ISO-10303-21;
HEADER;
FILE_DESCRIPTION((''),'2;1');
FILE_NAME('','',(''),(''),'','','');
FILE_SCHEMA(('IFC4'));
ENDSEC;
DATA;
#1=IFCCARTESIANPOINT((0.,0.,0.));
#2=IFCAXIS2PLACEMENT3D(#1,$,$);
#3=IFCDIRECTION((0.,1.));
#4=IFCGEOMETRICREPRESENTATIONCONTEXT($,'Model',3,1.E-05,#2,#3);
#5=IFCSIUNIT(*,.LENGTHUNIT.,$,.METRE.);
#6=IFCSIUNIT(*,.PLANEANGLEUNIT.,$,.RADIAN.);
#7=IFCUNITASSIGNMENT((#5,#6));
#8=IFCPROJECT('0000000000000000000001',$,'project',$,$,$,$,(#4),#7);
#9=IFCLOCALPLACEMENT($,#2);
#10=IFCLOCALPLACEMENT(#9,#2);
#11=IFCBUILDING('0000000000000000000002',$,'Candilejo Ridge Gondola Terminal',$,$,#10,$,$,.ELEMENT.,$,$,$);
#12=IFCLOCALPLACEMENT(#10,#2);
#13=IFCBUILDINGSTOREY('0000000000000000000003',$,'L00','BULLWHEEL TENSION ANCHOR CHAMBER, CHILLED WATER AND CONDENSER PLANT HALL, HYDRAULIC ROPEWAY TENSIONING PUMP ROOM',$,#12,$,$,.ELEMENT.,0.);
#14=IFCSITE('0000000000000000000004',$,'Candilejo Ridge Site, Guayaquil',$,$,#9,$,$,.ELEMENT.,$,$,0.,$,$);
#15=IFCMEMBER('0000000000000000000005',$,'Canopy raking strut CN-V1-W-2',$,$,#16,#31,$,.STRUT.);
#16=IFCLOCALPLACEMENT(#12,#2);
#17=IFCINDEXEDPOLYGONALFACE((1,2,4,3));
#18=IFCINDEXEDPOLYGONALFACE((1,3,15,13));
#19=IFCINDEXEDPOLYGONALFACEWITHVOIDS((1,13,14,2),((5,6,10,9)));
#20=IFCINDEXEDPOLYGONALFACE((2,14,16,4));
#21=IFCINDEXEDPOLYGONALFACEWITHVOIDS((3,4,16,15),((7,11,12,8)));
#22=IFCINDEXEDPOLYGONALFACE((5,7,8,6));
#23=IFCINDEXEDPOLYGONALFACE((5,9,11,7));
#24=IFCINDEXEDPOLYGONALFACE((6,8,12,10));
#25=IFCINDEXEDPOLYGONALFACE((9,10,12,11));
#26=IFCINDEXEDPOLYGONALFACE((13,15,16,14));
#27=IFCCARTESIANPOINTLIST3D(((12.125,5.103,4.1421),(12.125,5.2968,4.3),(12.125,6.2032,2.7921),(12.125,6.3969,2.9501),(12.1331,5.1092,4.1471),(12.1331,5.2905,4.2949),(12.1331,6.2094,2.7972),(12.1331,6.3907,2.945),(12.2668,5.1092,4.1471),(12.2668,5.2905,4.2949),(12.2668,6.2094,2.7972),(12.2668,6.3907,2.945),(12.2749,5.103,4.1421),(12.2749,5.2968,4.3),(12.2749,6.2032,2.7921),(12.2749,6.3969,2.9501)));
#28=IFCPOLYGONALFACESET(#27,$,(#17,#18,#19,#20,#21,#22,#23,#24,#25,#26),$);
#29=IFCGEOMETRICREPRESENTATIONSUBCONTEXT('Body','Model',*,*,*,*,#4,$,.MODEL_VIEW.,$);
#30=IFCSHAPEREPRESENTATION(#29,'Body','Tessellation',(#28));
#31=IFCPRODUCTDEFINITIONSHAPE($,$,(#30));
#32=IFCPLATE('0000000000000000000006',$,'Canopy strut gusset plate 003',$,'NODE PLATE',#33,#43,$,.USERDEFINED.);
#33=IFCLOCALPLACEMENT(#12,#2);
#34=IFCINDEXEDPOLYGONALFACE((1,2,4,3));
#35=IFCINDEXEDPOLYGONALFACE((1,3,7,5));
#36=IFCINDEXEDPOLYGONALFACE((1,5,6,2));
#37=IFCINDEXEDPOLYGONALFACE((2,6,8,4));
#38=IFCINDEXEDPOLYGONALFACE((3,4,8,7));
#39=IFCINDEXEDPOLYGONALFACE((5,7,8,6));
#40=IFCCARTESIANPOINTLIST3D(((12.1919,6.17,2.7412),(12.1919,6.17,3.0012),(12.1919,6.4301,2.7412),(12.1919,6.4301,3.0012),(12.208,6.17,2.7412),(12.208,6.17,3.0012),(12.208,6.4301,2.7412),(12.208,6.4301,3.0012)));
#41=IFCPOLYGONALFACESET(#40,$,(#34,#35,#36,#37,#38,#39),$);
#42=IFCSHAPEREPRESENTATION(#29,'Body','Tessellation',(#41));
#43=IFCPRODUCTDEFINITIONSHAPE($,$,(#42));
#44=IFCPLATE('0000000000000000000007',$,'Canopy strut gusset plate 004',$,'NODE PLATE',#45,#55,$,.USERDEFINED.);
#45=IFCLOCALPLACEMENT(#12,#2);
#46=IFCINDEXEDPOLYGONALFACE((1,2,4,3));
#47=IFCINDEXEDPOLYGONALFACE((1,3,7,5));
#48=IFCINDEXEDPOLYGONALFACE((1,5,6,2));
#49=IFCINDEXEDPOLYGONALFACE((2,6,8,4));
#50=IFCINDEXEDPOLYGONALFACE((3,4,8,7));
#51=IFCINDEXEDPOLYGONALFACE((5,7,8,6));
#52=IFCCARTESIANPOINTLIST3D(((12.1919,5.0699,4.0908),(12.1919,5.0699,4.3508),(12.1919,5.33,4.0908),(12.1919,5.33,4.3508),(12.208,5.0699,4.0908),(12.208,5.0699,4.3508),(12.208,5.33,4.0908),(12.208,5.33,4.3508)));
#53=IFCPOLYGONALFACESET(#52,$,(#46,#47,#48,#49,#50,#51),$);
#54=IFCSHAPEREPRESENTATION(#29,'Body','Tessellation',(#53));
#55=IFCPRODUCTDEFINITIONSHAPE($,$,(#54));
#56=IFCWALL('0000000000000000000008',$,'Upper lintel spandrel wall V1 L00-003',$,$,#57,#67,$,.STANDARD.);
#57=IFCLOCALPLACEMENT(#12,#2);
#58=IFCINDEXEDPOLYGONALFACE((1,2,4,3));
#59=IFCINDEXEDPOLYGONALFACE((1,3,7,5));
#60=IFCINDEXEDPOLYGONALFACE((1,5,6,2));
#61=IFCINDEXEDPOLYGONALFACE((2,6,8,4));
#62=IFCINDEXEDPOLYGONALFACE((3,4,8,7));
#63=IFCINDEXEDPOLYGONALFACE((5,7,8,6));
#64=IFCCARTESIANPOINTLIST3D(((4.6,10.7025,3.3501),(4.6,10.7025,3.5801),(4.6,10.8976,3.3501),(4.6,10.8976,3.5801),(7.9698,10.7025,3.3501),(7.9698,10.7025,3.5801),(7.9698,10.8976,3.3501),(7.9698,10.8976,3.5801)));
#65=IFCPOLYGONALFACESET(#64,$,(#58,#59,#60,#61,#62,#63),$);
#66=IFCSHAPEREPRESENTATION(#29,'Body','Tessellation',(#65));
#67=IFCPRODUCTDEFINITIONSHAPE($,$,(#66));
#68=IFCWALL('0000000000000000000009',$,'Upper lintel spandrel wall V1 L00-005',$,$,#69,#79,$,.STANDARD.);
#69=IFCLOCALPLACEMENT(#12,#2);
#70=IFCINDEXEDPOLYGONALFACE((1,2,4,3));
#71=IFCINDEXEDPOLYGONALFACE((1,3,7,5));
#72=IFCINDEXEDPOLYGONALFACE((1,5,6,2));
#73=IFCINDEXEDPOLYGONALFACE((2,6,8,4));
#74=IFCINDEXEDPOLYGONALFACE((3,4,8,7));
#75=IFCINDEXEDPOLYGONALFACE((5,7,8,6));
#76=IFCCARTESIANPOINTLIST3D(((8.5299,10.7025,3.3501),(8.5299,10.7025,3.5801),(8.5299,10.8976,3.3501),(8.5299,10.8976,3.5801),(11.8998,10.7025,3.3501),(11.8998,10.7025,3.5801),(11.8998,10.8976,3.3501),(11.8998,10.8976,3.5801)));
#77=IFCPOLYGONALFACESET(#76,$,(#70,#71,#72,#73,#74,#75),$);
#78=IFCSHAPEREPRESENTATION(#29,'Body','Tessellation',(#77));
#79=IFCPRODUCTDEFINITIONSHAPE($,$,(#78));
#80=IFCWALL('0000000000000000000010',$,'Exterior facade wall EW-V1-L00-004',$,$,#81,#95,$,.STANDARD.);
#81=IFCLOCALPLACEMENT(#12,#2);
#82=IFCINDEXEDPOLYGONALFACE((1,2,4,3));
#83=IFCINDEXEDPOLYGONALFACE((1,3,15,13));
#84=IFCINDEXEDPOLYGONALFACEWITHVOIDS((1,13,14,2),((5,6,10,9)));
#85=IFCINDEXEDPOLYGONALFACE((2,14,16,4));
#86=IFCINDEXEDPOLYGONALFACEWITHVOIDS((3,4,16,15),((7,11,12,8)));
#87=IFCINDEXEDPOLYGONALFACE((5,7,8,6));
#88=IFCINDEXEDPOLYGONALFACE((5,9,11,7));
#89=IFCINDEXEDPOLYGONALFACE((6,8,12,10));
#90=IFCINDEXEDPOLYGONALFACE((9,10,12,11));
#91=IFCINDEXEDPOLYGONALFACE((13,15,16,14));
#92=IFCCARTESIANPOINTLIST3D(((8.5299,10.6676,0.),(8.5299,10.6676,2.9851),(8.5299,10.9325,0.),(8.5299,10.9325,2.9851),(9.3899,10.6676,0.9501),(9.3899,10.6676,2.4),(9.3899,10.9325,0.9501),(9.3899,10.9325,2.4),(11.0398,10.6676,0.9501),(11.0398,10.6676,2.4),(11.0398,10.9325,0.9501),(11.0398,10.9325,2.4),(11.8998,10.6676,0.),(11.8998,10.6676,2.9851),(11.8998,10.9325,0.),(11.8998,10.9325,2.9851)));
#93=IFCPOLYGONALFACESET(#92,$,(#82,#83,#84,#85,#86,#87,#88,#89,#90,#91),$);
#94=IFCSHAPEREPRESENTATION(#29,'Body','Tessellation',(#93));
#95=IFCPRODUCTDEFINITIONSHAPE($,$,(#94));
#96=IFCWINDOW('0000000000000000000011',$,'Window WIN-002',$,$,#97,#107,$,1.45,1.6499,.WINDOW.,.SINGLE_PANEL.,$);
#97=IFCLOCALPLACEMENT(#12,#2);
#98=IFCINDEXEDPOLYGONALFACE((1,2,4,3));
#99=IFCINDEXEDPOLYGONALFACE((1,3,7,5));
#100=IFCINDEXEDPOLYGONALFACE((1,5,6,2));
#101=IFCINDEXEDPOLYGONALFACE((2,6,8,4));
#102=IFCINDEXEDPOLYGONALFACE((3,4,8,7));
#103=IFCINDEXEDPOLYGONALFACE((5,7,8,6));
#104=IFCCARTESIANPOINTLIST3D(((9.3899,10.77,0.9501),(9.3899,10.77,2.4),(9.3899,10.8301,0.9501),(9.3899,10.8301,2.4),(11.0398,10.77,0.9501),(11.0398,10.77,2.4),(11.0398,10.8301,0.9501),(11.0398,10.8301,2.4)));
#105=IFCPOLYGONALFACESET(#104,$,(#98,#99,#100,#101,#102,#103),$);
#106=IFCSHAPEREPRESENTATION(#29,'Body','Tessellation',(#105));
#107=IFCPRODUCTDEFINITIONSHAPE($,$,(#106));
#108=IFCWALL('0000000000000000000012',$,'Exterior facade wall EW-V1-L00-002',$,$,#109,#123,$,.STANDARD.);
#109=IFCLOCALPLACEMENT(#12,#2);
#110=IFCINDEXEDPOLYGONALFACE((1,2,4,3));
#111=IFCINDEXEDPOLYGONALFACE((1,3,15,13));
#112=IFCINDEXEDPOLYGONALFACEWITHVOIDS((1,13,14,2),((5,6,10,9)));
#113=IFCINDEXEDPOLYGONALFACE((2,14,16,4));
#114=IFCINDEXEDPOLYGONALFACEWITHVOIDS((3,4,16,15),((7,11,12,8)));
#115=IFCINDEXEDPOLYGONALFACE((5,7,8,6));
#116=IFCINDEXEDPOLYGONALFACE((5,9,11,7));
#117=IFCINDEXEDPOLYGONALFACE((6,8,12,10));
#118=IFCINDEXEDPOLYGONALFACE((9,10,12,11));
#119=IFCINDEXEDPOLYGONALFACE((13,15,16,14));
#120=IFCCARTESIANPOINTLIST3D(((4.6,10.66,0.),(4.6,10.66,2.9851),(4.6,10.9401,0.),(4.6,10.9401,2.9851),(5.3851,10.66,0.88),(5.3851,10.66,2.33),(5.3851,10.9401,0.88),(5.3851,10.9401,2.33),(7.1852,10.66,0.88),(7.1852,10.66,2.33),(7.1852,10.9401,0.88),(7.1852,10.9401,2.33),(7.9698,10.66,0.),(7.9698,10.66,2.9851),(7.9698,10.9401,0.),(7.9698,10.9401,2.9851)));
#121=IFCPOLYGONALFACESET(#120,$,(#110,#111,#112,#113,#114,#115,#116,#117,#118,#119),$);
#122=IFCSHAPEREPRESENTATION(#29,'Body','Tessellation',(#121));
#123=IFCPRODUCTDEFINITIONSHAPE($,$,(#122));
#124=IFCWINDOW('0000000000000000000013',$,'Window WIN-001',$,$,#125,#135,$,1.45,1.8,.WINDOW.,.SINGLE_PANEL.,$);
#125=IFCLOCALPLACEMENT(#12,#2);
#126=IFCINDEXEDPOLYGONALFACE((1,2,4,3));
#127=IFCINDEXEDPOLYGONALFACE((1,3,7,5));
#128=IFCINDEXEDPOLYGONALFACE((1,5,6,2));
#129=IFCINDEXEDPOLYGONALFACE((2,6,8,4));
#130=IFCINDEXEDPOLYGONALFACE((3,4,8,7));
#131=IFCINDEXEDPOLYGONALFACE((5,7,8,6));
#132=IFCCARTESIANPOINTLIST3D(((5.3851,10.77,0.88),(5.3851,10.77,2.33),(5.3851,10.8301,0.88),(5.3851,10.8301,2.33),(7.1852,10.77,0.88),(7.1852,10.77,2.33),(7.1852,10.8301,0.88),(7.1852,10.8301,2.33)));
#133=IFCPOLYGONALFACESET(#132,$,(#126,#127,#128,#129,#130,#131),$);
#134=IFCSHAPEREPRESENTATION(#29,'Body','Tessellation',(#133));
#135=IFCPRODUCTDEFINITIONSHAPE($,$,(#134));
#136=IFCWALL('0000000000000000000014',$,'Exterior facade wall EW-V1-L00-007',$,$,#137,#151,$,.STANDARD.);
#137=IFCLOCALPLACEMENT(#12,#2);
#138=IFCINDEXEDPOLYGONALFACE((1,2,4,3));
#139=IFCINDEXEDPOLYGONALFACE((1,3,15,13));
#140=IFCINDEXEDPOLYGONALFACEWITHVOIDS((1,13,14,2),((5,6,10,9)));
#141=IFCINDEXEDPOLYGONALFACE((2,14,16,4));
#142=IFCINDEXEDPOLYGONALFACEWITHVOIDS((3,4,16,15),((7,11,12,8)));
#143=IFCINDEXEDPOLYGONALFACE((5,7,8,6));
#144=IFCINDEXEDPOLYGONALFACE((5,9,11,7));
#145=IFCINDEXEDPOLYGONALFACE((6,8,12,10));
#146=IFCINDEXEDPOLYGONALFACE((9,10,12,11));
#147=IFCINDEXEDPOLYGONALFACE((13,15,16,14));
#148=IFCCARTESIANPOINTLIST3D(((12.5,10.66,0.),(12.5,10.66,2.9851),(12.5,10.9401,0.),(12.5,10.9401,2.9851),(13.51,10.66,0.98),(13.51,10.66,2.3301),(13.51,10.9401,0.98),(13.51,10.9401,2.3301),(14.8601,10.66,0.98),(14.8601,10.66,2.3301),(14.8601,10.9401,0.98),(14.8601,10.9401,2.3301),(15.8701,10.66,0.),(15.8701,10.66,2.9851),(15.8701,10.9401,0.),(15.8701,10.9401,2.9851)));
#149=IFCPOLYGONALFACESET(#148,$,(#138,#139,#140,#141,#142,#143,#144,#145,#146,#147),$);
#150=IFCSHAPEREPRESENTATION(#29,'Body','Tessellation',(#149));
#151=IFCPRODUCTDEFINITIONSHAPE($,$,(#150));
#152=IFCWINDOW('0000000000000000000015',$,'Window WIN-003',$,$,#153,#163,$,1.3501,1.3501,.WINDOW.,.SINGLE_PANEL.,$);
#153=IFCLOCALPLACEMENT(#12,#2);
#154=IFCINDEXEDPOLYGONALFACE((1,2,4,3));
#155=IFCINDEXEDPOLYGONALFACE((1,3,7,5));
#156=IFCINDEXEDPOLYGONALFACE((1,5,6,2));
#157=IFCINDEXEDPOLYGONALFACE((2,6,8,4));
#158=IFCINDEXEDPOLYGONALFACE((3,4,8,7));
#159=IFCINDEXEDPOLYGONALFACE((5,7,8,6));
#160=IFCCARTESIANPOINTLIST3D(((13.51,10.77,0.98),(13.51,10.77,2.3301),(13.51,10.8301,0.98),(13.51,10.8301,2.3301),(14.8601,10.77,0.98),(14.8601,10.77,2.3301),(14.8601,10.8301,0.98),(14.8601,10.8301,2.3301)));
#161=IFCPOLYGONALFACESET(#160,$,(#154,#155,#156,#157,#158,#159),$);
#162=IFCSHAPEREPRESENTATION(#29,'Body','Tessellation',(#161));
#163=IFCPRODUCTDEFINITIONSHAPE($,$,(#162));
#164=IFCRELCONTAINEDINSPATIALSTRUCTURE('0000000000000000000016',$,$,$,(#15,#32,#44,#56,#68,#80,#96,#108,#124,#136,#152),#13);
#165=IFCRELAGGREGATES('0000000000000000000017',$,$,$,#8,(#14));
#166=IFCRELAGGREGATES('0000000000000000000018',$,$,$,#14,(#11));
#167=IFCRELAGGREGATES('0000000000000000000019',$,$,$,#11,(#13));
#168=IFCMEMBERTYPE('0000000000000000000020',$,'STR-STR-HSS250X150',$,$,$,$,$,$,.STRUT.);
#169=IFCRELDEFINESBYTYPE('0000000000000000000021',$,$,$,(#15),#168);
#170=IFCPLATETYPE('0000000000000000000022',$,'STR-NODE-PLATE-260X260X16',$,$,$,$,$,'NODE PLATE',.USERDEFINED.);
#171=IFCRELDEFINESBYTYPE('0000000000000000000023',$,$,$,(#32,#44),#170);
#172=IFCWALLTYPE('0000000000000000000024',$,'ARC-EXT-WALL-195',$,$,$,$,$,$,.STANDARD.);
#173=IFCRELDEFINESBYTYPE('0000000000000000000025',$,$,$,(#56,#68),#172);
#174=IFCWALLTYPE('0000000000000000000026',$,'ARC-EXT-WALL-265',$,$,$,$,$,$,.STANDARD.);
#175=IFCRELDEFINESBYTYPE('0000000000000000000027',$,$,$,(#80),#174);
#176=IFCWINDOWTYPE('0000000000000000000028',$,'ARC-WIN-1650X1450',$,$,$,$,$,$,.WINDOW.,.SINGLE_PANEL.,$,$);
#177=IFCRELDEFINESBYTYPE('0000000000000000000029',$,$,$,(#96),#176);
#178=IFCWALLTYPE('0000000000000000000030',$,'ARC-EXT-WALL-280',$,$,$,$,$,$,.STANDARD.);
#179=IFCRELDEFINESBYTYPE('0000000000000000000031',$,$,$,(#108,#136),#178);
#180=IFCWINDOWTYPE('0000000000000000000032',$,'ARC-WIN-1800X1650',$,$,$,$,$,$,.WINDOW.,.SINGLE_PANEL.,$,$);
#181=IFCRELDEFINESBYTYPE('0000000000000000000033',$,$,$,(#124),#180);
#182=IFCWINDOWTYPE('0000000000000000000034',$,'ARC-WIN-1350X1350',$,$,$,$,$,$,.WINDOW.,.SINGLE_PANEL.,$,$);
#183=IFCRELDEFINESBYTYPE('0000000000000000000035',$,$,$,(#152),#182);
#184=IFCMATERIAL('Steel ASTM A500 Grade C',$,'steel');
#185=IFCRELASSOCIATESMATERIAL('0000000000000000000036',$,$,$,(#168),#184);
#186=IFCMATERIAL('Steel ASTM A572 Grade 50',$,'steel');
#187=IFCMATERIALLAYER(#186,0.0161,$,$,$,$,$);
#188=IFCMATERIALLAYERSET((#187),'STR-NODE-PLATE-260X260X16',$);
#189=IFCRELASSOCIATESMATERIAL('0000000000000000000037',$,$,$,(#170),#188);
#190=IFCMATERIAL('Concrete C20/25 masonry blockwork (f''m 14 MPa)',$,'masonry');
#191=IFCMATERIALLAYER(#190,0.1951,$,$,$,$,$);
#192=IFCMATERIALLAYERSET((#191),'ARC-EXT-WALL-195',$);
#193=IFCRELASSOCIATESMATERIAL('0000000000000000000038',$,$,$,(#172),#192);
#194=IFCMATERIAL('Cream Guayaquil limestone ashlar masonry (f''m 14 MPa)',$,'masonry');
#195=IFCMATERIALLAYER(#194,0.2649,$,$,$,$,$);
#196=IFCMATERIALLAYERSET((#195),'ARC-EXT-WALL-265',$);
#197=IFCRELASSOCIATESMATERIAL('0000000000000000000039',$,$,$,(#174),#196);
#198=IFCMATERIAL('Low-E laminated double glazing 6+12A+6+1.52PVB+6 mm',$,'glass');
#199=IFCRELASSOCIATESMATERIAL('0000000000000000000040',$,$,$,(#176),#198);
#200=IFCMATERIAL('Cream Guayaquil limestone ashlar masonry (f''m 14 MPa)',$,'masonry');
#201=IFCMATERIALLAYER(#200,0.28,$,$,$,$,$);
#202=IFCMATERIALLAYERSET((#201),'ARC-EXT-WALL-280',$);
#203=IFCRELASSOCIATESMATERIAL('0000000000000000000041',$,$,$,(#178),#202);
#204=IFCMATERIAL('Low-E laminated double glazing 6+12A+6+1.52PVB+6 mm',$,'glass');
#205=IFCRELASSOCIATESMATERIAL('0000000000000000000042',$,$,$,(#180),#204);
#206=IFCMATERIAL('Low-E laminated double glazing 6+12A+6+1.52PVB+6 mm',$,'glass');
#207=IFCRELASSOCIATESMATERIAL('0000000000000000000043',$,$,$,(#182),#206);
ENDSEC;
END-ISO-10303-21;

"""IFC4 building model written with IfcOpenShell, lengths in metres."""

from ifc_helpers import new_model, si_unit, direction, frame, frame_2d, origin, origin_2d, place, context, subcontext, project, spatial, rectangle, hollow_rectangle, extrude, material, layer, layer_set, material_profile, profile_set, type_object, element, fill, save


model = new_model("IFC4")

# Units and contexts
model_context = context("Model", 3, precision=1e-05, world=origin(), true_north=direction((0.0, 1.0)))
body_context = subcontext(model_context, "Body", "Model", "MODEL_VIEW")
ifc_project = project(units=[si_unit("LENGTHUNIT", "METRE"), si_unit("PLANEANGLEUNIT", "RADIAN")], contexts=[model_context])

# Site, building, storey
site_placement = place(None, origin())
site = spatial("IfcSite", under=ifc_project, at=site_placement, Name="Candilejo Ridge Site, Guayaquil", CompositionType="ELEMENT", RefElevation=0.0)
building_placement = place(site_placement, origin())
building = spatial("IfcBuilding", under=site, at=building_placement, Name="Candilejo Ridge Gondola Terminal", CompositionType="ELEMENT")
storey_placement = place(building_placement, origin())
storey = spatial("IfcBuildingStorey", under=building, at=storey_placement, Name="L00", Description="BULLWHEEL TENSION ANCHOR CHAMBER, CHILLED WATER AND CONDENSER PLANT HALL, HYDRAULIC ROPEWAY TENSIONING PUMP ROOM", CompositionType="ELEMENT", Elevation=0.0)

# Member
ifc_material_1 = material(Name="Steel ASTM A500 Grade C", Category="steel")
ifc_material_profile_1 = material_profile(ifc_material_1, hollow_rectangle(XDim=0.1499, YDim=0.25, WallThickness=0.0081, at=origin_2d()))
ifc_profile_set_1 = profile_set([ifc_material_profile_1], Name="Steel ASTM A500 Grade C")
member_type = type_object("IfcMemberType", Name="STR-STR-HSS250X150", PredefinedType="STRUT", material=ifc_profile_set_1)
member_placement = place(storey_placement, frame((12.2, 6.3, 2.8711), z_axis=(0.0, -0.631748, 0.775174), x_axis=(1.0, 0.0, 0.0)))
element("IfcMember", 1, at=member_placement, inside=storey, type_object=member_type, Name="Canopy raking strut CN-V1-W-2", PredefinedType="STRUT", context=body_context, shape_type="SweptSolid", body=[
    extrude(hollow_rectangle(XDim=0.1499, YDim=0.25, WallThickness=0.0081, at=origin_2d()), origin(), (0.0, 0.0, 1.0), 1.7415),
])

# Plates
ifc_material_2 = material(Name="Steel ASTM A572 Grade 50", Category="steel")
ifc_layer_1 = layer(ifc_material_2, 0.0161)
ifc_layer_set_1 = layer_set([ifc_layer_1], Name="STR-NODE-PLATE-260X260X16")
plate_type = type_object("IfcPlateType", Name="STR-NODE-PLATE-260X260X16", ElementType="NODE PLATE", PredefinedType="USERDEFINED", material=ifc_layer_set_1)
for number, where, z_axis, x_axis, name in (
    (2, (12.2, 6.3, 2.7412), (0.0, 0.0, 1.0), (1.0, 0.0, 0.0), "Canopy strut gusset plate 003"),
    (3, (12.2, 5.2, 4.0908), (0.0, 0.0, 1.0), (1.0, 0.0, 0.0), "Canopy strut gusset plate 004"),
):
    element("IfcPlate", number, at=place(storey_placement, frame(where, z_axis=z_axis, x_axis=x_axis)), inside=storey, type_object=plate_type, Name=name, ObjectType="NODE PLATE", PredefinedType="USERDEFINED", context=body_context, shape_type="SweptSolid", body=[
        extrude(rectangle(XDim=0.0161, YDim=0.26, at=origin_2d()), origin(), (0.0, 0.0, 1.0), 0.26),
    ])

# Walls
ifc_material_3 = material(Name="Concrete C20/25 masonry blockwork (f'm 14 MPa)", Category="masonry")
ifc_layer_2 = layer(ifc_material_3, 0.1951)
ifc_layer_set_2 = layer_set([ifc_layer_2], Name="ARC-EXT-WALL-195")
wall_type_1 = type_object("IfcWallType", Name="ARC-EXT-WALL-195", PredefinedType="STANDARD", material=ifc_layer_set_2)
for number, where, z_axis, x_axis, name in (
    (4, (7.97, 10.8, 3.3501), (0.0, 0.0, 1.0), (-1.0, 0.0, 0.0), "Upper lintel spandrel wall V1 L00-003"),
    (5, (11.8999, 10.8, 3.3501), (0.0, 0.0, 1.0), (-1.0, 0.0, 0.0), "Upper lintel spandrel wall V1 L00-005"),
):
    element("IfcWall", number, at=place(storey_placement, frame(where, z_axis=z_axis, x_axis=x_axis)), inside=storey, type_object=wall_type_1, Name=name, PredefinedType="STANDARD", context=body_context, shape_type="SweptSolid", body=[
        extrude(rectangle(XDim=3.3699, YDim=0.1951, at=frame_2d((1.6851, 0.0))), origin(), (0.0, 0.0, 1.0), 0.23),
    ])

# Walls, openings, windows
ifc_material_4 = material(Name="Cream Guayaquil limestone ashlar masonry (f'm 14 MPa)", Category="masonry")
ifc_layer_3 = layer(ifc_material_4, 0.2649)
ifc_layer_set_3 = layer_set([ifc_layer_3], Name="ARC-EXT-WALL-265")
wall_type_2 = type_object("IfcWallType", Name="ARC-EXT-WALL-265", PredefinedType="STANDARD", material=ifc_layer_set_3)
wall_1_placement = place(storey_placement, frame((11.8999, 10.8, 0.0), z_axis=(0.0, 0.0, 1.0), x_axis=(-1.0, 0.0, 0.0)))
wall_1 = element("IfcWall", 6, at=wall_1_placement, inside=storey, type_object=wall_type_2, Name="Exterior facade wall EW-V1-L00-004", PredefinedType="STANDARD", context=body_context, shape_type="SweptSolid", body=[
    extrude(rectangle(XDim=3.3699, YDim=0.2649, at=frame_2d((1.6851, 0.0))), origin(), (0.0, 0.0, 1.0), 2.9851),
])
opening_1_placement = place(wall_1_placement, frame((0.8601, 0.0, 0.95)))
opening_1 = element("IfcOpeningElement", 7, at=opening_1_placement, cuts=wall_1, PredefinedType="OPENING", context=body_context, shape_type="SweptSolid", body=[
    extrude(rectangle(XDim=1.6499, YDim=1.45, at=frame_2d((0.825, 0.7251))), frame((0.0, 0.1423, 0.0), z_axis=(0.0, -1.0, 0.0), x_axis=(1.0, 0.0, 0.0)), (0.0, 0.0, 1.0), 0.2849),
])
ifc_material_5 = material(Name="Low-E laminated double glazing 6+12A+6+1.52PVB+6 mm", Category="glass")
window_type_1 = type_object("IfcWindowType", Name="ARC-WIN-1650X1450", PartitioningType="SINGLE_PANEL", PredefinedType="WINDOW", material=ifc_material_5)
window_1_placement = place(opening_1_placement, origin())
window_1 = element("IfcWindow", 8, at=window_1_placement, inside=storey, type_object=window_type_1, Name="Window WIN-002", OverallHeight=1.45, OverallWidth=1.6499, PartitioningType="SINGLE_PANEL", PredefinedType="WINDOW", context=body_context, shape_type="SweptSolid", body=[
    extrude(rectangle(XDim=1.6499, YDim=1.45, at=frame_2d((0.825, 0.7251))), frame((0.0, 0.03, 0.0), z_axis=(0.0, -1.0, 0.0), x_axis=(1.0, 0.0, 0.0)), (0.0, 0.0, 1.0), 0.0601),
])
fill(opening_1, window_1)
ifc_material_6 = material(Name="Cream Guayaquil limestone ashlar masonry (f'm 14 MPa)", Category="masonry")
ifc_layer_4 = layer(ifc_material_6, 0.28)
ifc_layer_set_4 = layer_set([ifc_layer_4], Name="ARC-EXT-WALL-280")
wall_type_3 = type_object("IfcWallType", Name="ARC-EXT-WALL-280", PredefinedType="STANDARD", material=ifc_layer_set_4)
wall_2_placement = place(storey_placement, frame((7.97, 10.8, 0.0), z_axis=(0.0, 0.0, 1.0), x_axis=(-1.0, 0.0, 0.0)))
wall_2 = element("IfcWall", 9, at=wall_2_placement, inside=storey, type_object=wall_type_3, Name="Exterior facade wall EW-V1-L00-002", PredefinedType="STANDARD", context=body_context, shape_type="SweptSolid", body=[
    extrude(rectangle(XDim=3.3699, YDim=0.28, at=frame_2d((1.6851, 0.0))), origin(), (0.0, 0.0, 1.0), 2.9851),
])
opening_2_placement = place(wall_2_placement, frame((0.7849, 0.0, 0.8799)))
opening_2 = element("IfcOpeningElement", 10, at=opening_2_placement, cuts=wall_2, PredefinedType="OPENING", context=body_context, shape_type="SweptSolid", body=[
    extrude(rectangle(XDim=1.8, YDim=1.45, at=frame_2d((0.8999, 0.7251))), frame((0.0, 0.1499, 0.0), z_axis=(0.0, -1.0, 0.0), x_axis=(1.0, 0.0, 0.0)), (0.0, 0.0, 1.0), 0.3),
])
ifc_material_7 = material(Name="Low-E laminated double glazing 6+12A+6+1.52PVB+6 mm", Category="glass")
window_type_2 = type_object("IfcWindowType", Name="ARC-WIN-1800X1650", PartitioningType="SINGLE_PANEL", PredefinedType="WINDOW", material=ifc_material_7)
window_2_placement = place(opening_2_placement, origin())
window_2 = element("IfcWindow", 11, at=window_2_placement, inside=storey, type_object=window_type_2, Name="Window WIN-001", OverallHeight=1.45, OverallWidth=1.8, PartitioningType="SINGLE_PANEL", PredefinedType="WINDOW", context=body_context, shape_type="SweptSolid", body=[
    extrude(rectangle(XDim=1.8, YDim=1.45, at=frame_2d((0.8999, 0.7251))), frame((0.0, 0.03, 0.0), z_axis=(0.0, -1.0, 0.0), x_axis=(1.0, 0.0, 0.0)), (0.0, 0.0, 1.0), 0.0601),
])
fill(opening_2, window_2)
wall_3_placement = place(storey_placement, frame((15.8701, 10.8, 0.0), z_axis=(0.0, 0.0, 1.0), x_axis=(-1.0, 0.0, 0.0)))
wall_3 = element("IfcWall", 12, at=wall_3_placement, inside=storey, type_object=wall_type_3, Name="Exterior facade wall EW-V1-L00-007", PredefinedType="STANDARD", context=body_context, shape_type="SweptSolid", body=[
    extrude(rectangle(XDim=3.3701, YDim=0.28, at=frame_2d((1.6851, 0.0))), origin(), (0.0, 0.0, 1.0), 2.9851),
])
opening_3_placement = place(wall_3_placement, frame((1.01, 0.0, 0.98)))
opening_3 = element("IfcOpeningElement", 13, at=opening_3_placement, cuts=wall_3, PredefinedType="OPENING", context=body_context, shape_type="SweptSolid", body=[
    extrude(rectangle(XDim=1.3501, YDim=1.3501, at=frame_2d((0.675, 0.675))), frame((0.0, 0.1499, 0.0), z_axis=(0.0, -1.0, 0.0), x_axis=(1.0, 0.0, 0.0)), (0.0, 0.0, 1.0), 0.3),
])
ifc_material_8 = material(Name="Low-E laminated double glazing 6+12A+6+1.52PVB+6 mm", Category="glass")
window_type_3 = type_object("IfcWindowType", Name="ARC-WIN-1350X1350", PartitioningType="SINGLE_PANEL", PredefinedType="WINDOW", material=ifc_material_8)
window_3_placement = place(opening_3_placement, origin())
window_3 = element("IfcWindow", 14, at=window_3_placement, inside=storey, type_object=window_type_3, Name="Window WIN-003", OverallHeight=1.3501, OverallWidth=1.3501, PartitioningType="SINGLE_PANEL", PredefinedType="WINDOW", context=body_context, shape_type="SweptSolid", body=[
    extrude(rectangle(XDim=1.3501, YDim=1.3501, at=frame_2d((0.675, 0.675))), frame((0.0, 0.03, 0.0), z_axis=(0.0, -1.0, 0.0), x_axis=(1.0, 0.0, 0.0)), (0.0, 0.0, 1.0), 0.0601),
])
fill(opening_3, window_3)

save(model, "model.ifc")
